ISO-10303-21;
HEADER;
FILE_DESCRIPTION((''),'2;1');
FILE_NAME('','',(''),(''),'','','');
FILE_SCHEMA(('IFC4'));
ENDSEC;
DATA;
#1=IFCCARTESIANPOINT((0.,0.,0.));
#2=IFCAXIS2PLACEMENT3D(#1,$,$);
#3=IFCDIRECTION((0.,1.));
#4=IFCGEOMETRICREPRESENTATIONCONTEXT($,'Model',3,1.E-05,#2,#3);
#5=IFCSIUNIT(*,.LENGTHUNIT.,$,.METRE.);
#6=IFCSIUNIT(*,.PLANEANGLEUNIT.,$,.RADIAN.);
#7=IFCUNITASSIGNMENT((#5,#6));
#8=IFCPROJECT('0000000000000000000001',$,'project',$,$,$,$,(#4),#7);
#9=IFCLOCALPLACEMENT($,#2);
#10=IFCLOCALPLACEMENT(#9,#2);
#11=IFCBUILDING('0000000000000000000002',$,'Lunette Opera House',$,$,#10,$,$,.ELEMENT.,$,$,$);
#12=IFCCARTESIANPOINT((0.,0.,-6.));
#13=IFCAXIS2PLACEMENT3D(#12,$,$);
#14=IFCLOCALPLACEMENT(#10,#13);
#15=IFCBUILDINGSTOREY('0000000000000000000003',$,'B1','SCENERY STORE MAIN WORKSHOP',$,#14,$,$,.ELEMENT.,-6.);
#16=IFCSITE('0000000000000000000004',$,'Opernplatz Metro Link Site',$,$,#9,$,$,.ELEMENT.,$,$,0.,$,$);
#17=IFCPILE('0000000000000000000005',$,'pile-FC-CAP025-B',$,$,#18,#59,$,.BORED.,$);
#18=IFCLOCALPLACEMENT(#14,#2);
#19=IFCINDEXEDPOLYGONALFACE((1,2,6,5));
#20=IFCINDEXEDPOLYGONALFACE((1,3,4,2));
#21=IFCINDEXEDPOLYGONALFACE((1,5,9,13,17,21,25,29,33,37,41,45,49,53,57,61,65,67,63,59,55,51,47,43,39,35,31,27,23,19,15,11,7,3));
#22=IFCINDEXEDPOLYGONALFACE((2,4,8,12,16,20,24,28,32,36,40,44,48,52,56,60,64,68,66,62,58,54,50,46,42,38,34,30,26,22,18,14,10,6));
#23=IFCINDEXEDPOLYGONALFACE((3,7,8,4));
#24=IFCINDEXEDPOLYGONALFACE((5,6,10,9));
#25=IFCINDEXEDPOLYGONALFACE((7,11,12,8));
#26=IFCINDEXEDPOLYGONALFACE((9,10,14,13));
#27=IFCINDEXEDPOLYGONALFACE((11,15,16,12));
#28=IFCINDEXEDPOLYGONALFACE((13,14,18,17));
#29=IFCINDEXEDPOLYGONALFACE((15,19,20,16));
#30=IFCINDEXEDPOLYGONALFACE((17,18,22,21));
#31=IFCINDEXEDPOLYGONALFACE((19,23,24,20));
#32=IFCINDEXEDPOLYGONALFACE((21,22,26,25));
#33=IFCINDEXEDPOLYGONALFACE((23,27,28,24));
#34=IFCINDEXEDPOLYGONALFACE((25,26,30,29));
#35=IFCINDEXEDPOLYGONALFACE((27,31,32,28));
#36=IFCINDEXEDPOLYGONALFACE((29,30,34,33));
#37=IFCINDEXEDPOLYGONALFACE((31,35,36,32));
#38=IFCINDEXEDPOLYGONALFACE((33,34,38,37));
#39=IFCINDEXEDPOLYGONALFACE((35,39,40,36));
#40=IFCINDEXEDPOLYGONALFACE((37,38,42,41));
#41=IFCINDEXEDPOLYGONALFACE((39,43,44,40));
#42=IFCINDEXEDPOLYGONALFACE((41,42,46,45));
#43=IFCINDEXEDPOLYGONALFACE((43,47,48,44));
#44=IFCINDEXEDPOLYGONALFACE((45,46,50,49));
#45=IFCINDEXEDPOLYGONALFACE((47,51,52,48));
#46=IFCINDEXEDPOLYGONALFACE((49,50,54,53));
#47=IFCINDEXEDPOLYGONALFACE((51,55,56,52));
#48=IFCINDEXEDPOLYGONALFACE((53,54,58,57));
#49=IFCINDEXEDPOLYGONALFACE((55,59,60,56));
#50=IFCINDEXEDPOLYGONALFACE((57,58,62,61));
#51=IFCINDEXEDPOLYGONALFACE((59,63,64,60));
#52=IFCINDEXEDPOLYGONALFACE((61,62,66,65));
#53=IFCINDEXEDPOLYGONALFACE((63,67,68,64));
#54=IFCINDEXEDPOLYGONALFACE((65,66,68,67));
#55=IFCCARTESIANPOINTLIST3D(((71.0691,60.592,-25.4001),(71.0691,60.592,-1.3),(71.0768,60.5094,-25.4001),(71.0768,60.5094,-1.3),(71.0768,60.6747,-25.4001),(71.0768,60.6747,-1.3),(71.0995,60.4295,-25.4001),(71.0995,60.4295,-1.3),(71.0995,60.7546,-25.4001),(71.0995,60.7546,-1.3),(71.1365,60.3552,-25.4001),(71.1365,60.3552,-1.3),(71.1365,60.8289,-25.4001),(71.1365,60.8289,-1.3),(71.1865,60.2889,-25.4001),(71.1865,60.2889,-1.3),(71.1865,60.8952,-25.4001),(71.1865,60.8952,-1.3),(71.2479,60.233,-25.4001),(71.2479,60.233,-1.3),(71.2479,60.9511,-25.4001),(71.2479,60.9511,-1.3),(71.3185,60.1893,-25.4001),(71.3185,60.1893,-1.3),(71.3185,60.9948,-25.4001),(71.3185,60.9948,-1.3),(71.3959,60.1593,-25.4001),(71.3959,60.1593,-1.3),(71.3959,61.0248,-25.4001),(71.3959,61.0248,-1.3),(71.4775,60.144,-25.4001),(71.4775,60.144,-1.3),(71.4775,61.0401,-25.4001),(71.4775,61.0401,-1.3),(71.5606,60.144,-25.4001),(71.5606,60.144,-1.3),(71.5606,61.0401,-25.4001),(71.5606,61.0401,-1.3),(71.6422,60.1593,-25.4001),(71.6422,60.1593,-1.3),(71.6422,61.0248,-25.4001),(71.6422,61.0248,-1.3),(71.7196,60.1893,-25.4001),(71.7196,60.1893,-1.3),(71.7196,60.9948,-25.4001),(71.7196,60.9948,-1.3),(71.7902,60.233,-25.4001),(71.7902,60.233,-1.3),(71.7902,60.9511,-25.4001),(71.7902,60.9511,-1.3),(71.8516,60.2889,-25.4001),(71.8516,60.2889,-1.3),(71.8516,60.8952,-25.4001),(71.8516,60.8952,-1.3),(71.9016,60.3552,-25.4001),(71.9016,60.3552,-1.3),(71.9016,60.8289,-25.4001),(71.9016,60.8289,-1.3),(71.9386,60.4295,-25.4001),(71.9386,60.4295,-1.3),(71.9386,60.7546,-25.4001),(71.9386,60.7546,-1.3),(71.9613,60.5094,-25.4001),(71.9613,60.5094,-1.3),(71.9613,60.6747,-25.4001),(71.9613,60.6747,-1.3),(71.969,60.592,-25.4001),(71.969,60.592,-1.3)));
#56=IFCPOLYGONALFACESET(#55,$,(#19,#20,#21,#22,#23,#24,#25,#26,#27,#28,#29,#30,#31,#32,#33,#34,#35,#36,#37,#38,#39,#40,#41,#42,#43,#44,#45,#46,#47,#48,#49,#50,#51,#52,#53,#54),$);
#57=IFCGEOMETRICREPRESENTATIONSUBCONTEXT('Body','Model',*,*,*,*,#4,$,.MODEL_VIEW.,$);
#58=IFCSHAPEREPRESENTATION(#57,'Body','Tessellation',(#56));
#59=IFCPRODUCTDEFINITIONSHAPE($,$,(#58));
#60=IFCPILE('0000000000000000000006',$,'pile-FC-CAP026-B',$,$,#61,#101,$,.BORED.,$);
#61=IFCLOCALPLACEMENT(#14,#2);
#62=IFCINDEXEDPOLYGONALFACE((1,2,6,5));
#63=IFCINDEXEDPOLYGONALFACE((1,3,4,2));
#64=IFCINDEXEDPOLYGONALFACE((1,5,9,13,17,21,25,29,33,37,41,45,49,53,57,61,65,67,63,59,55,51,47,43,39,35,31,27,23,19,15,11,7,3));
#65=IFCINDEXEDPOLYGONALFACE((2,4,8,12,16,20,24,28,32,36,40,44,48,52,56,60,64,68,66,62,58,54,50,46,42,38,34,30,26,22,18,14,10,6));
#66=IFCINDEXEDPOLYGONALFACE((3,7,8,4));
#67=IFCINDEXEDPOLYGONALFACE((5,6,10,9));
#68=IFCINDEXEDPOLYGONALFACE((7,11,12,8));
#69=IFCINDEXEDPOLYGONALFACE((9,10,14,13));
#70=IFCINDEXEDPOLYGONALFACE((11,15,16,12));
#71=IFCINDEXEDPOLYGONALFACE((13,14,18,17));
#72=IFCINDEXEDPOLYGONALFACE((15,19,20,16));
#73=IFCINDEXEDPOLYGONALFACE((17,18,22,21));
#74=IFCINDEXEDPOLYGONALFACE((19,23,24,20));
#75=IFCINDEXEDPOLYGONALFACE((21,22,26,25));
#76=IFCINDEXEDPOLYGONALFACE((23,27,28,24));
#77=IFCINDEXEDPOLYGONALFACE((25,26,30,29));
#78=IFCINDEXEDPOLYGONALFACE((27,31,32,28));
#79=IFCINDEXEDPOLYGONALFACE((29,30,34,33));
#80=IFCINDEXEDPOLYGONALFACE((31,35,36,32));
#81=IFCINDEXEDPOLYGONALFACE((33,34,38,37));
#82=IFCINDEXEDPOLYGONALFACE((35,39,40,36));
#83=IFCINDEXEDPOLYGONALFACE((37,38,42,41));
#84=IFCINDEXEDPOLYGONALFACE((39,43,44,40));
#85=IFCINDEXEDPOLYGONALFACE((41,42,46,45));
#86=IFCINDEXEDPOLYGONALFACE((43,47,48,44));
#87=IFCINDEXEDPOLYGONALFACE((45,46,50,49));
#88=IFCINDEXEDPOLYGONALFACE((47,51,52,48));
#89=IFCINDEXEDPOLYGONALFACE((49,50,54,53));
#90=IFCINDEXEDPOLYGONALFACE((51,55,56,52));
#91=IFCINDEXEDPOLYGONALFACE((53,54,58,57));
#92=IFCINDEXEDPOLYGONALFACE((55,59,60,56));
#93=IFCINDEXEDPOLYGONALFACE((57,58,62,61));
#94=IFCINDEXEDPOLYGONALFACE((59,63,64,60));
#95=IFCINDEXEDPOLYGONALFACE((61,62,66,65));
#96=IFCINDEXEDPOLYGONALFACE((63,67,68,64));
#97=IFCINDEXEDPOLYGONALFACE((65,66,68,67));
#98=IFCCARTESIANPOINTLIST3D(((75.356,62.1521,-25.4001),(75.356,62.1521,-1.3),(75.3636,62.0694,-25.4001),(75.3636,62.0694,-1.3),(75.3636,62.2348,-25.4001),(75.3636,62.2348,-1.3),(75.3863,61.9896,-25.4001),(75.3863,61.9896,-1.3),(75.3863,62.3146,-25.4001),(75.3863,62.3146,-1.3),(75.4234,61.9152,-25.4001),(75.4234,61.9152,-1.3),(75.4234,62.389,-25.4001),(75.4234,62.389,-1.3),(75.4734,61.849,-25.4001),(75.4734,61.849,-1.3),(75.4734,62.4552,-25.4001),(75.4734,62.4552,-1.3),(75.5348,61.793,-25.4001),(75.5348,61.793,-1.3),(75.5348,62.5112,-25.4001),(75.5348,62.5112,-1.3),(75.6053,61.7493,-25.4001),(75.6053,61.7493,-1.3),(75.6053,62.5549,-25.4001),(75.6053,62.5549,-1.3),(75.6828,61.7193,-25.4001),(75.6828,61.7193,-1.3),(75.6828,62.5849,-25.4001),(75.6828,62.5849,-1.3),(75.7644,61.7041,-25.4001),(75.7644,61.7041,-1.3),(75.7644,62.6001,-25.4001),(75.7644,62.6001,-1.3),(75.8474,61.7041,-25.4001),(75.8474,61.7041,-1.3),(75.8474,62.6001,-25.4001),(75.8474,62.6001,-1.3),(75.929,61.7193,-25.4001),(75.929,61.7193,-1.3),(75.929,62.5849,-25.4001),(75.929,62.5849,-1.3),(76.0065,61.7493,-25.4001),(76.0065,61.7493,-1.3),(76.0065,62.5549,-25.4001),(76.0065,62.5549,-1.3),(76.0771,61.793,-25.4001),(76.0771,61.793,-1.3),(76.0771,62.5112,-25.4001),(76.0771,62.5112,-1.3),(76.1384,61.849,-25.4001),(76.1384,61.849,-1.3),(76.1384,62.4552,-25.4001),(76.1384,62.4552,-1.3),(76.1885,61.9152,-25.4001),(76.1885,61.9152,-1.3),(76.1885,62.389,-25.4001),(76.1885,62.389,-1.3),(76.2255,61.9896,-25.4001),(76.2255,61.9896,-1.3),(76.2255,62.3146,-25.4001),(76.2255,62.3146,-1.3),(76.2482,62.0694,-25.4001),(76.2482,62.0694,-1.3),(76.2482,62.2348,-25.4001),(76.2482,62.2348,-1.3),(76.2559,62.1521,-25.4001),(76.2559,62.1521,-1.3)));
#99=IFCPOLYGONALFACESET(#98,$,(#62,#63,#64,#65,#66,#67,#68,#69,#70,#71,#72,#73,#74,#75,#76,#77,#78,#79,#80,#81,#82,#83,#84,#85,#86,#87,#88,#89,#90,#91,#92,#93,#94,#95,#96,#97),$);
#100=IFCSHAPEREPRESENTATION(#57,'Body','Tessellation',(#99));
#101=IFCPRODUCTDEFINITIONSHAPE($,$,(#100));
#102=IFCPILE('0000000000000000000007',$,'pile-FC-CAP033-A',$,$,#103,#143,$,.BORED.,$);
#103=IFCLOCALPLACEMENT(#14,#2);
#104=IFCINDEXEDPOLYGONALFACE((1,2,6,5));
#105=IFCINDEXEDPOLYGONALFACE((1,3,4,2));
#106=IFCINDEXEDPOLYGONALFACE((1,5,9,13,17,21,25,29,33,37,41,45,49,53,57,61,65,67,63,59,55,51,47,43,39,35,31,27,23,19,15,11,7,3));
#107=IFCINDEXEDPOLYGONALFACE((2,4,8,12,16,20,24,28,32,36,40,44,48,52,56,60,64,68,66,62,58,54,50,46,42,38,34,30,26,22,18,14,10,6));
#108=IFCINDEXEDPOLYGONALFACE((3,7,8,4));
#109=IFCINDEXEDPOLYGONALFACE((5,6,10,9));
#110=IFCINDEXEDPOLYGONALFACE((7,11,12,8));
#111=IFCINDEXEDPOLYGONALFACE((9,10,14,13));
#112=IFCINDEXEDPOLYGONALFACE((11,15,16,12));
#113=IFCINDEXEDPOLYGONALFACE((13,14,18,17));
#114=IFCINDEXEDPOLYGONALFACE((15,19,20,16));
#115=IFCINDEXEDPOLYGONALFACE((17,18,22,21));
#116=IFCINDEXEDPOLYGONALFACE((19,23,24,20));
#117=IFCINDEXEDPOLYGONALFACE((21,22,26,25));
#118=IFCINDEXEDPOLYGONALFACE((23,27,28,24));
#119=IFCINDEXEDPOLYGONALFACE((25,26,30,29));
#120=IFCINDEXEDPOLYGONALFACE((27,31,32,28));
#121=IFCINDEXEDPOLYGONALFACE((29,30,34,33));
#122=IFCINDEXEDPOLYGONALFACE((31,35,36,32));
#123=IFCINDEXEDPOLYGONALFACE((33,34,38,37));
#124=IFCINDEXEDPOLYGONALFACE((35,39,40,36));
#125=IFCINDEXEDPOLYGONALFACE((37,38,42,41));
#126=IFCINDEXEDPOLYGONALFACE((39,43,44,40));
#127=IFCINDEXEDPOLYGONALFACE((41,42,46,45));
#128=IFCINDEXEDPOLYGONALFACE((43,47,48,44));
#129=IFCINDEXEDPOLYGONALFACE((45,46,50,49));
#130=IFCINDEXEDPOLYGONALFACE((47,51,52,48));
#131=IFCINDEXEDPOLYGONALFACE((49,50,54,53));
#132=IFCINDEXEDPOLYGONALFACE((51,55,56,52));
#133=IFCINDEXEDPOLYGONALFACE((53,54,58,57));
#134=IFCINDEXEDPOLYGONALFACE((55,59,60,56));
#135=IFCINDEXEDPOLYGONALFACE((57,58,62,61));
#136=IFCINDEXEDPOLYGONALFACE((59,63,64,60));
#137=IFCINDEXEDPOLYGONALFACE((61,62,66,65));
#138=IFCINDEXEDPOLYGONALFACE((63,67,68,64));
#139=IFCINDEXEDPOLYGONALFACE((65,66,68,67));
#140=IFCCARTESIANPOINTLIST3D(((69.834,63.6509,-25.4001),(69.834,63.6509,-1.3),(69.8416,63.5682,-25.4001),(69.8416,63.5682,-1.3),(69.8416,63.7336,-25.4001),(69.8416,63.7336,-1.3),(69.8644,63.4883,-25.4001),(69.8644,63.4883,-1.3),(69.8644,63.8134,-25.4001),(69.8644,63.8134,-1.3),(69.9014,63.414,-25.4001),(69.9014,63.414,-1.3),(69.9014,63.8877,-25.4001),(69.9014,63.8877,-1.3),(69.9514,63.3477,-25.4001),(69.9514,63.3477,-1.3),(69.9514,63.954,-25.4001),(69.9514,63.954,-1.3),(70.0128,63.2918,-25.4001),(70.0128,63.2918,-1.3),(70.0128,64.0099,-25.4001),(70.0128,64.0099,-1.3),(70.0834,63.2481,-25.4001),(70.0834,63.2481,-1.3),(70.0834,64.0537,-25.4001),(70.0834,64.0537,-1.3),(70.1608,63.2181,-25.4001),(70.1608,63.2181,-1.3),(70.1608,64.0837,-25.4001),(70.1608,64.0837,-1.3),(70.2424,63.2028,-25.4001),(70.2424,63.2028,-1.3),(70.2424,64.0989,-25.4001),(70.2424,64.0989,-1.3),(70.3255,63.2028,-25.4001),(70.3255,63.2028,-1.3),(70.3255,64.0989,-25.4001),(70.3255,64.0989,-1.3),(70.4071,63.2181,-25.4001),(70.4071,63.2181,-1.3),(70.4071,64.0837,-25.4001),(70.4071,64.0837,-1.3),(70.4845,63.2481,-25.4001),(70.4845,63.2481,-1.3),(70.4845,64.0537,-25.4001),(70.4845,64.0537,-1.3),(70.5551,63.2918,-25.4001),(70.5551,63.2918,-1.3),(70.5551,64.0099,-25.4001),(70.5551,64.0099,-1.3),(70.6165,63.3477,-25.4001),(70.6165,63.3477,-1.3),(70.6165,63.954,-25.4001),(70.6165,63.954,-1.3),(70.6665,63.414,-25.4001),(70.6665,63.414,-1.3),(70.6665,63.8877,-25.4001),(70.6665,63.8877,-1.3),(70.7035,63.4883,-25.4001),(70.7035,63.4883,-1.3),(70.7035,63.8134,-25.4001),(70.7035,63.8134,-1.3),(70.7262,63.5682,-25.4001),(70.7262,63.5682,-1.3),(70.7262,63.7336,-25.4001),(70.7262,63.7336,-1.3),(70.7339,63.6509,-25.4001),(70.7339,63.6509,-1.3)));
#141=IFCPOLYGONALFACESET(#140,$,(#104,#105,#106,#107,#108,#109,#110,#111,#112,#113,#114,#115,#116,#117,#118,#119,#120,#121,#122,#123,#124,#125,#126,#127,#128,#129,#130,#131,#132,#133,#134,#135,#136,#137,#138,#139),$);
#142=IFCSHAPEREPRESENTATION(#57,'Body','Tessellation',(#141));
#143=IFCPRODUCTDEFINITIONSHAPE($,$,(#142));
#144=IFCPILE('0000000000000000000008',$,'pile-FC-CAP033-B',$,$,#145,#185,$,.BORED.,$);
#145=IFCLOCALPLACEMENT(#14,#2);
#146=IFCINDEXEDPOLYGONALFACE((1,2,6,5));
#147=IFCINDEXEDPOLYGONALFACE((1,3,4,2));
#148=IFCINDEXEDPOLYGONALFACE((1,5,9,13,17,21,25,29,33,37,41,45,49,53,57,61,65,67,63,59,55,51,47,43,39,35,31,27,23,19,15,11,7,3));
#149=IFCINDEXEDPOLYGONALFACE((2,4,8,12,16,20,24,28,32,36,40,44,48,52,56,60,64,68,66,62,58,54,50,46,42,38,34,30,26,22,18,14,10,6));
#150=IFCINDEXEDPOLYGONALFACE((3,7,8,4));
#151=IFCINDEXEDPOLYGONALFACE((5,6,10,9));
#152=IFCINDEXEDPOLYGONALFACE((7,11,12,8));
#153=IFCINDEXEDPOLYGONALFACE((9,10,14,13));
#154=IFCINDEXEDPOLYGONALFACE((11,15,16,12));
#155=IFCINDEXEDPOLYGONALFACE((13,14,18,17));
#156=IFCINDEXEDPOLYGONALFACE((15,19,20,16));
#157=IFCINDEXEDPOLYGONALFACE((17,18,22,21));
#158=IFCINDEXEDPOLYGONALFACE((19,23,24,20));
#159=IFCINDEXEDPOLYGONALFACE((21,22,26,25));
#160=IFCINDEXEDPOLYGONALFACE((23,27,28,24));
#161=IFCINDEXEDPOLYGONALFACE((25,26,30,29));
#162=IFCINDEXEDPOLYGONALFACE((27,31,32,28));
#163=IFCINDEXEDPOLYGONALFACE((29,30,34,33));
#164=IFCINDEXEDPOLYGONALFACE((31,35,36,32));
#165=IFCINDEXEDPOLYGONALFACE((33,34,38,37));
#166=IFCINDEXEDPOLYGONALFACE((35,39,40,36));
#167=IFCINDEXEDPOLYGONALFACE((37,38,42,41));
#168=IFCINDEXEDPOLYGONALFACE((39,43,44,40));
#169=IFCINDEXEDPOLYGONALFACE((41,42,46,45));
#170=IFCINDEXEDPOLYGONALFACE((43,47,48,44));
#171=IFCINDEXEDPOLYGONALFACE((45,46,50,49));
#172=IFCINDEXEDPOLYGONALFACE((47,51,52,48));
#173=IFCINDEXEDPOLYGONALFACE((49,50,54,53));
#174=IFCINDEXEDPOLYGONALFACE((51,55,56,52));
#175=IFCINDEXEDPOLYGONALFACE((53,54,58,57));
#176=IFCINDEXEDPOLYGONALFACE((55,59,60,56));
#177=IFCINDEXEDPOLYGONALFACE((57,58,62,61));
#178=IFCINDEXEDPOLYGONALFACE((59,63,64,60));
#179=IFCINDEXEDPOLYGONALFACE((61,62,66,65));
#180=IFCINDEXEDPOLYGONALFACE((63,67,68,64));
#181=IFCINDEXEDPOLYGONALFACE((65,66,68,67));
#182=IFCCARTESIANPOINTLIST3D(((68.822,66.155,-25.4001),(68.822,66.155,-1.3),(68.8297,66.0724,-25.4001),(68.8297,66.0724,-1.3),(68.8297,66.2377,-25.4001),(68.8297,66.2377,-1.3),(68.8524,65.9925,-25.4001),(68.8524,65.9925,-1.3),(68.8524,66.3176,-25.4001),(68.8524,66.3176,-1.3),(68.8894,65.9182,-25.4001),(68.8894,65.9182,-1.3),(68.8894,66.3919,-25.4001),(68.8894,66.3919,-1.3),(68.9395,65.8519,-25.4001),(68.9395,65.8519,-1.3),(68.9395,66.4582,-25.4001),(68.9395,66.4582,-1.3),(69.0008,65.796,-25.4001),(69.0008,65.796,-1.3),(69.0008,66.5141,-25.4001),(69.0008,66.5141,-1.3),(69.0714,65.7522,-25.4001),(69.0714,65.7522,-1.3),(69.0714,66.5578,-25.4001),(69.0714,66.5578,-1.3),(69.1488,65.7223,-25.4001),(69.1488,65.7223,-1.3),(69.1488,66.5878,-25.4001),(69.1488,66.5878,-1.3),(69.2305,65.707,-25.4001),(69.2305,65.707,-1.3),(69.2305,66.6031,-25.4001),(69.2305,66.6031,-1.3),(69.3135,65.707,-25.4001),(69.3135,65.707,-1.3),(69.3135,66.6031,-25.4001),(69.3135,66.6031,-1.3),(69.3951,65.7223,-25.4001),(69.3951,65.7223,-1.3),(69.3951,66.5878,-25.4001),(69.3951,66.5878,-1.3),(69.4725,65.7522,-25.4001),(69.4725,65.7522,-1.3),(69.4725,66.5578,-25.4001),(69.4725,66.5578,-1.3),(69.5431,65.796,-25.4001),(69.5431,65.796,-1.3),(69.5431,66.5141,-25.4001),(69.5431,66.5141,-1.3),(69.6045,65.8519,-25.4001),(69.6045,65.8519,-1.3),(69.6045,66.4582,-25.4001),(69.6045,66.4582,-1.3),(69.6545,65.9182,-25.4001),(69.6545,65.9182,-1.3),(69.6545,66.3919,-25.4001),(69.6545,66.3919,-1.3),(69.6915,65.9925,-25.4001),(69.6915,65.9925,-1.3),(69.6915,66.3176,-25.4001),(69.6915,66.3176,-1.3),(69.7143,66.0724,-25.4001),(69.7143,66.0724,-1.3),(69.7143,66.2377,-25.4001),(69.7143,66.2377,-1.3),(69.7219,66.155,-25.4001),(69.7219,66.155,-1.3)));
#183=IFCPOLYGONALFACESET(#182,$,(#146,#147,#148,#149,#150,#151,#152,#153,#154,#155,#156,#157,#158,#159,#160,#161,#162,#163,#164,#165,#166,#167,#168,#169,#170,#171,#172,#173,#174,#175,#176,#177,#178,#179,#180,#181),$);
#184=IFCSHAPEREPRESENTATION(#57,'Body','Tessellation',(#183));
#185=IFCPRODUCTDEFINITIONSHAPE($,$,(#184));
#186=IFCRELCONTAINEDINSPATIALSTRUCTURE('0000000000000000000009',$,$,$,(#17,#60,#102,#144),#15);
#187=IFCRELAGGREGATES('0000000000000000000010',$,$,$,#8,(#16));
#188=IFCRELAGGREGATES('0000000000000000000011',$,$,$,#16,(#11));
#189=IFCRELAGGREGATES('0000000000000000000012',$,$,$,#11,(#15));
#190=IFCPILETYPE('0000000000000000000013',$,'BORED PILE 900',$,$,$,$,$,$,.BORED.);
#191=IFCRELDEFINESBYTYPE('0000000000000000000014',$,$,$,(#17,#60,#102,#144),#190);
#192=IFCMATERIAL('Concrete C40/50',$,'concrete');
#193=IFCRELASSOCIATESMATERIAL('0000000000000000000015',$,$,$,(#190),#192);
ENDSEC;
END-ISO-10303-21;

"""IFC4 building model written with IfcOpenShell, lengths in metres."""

from ifc_helpers import new_model, si_unit, direction, frame, origin, origin_2d, place, context, subcontext, project, spatial, circle, extrude, material, material_profile, profile_set, type_object, element, save


model = new_model("IFC4")

# Units and contexts
model_context = context("Model", 3, precision=1e-05, world=origin(), true_north=direction((0.0, 1.0)))
body_context = subcontext(model_context, "Body", "Model", "MODEL_VIEW")
ifc_project = project(units=[si_unit("LENGTHUNIT", "METRE"), si_unit("PLANEANGLEUNIT", "RADIAN")], contexts=[model_context])

# Site, building, storey
site_placement = place(None, origin())
site = spatial("IfcSite", under=ifc_project, at=site_placement, Name="Opernplatz Metro Link Site", CompositionType="ELEMENT", RefElevation=0.0)
building_placement = place(site_placement, origin())
building = spatial("IfcBuilding", under=site, at=building_placement, Name="Lunette Opera House", CompositionType="ELEMENT")
storey_placement = place(building_placement, frame((0.0, 0.0, -6.0)))
storey = spatial("IfcBuildingStorey", under=building, at=storey_placement, Name="B1", Description="SCENERY STORE MAIN WORKSHOP", CompositionType="ELEMENT", Elevation=-6.0)

# Piles
ifc_material_1 = material(Name="Concrete C40/50", Category="concrete")
ifc_material_profile_1 = material_profile(ifc_material_1, circle(Radius=0.45, at=origin_2d()), Name="BORED PILE 900")
ifc_profile_set_1 = profile_set([ifc_material_profile_1], Name="Concrete C40/50")
pile_type = type_object("IfcPileType", Name="BORED PILE 900", PredefinedType="BORED", material=ifc_profile_set_1)
for number, where, z_axis, x_axis, name in (
    (1, (71.519, 60.592, -1.3), (0.0, 0.0, -1.0), (1.0, 0.0, 0.0), "pile-FC-CAP025-B"),
    (2, (75.8059, 62.1521, -1.3), (0.0, 0.0, -1.0), (1.0, 0.0, 0.0), "pile-FC-CAP026-B"),
    (3, (70.2839, 63.6509, -1.3), (0.0, 0.0, -1.0), (1.0, 0.0, 0.0), "pile-FC-CAP033-A"),
    (4, (69.272, 66.155, -1.3), (0.0, 0.0, -1.0), (1.0, 0.0, 0.0), "pile-FC-CAP033-B"),
):
    element("IfcPile", number, at=place(storey_placement, frame(where, z_axis=z_axis, x_axis=x_axis)), inside=storey, type_object=pile_type, Name=name, PredefinedType="BORED", context=body_context, shape_type="SweptSolid", body=[
        extrude(circle(Radius=0.45, at=origin_2d()), origin(), (0.0, 0.0, 1.0), 24.1001),
    ])

save(model, "model.ifc")
